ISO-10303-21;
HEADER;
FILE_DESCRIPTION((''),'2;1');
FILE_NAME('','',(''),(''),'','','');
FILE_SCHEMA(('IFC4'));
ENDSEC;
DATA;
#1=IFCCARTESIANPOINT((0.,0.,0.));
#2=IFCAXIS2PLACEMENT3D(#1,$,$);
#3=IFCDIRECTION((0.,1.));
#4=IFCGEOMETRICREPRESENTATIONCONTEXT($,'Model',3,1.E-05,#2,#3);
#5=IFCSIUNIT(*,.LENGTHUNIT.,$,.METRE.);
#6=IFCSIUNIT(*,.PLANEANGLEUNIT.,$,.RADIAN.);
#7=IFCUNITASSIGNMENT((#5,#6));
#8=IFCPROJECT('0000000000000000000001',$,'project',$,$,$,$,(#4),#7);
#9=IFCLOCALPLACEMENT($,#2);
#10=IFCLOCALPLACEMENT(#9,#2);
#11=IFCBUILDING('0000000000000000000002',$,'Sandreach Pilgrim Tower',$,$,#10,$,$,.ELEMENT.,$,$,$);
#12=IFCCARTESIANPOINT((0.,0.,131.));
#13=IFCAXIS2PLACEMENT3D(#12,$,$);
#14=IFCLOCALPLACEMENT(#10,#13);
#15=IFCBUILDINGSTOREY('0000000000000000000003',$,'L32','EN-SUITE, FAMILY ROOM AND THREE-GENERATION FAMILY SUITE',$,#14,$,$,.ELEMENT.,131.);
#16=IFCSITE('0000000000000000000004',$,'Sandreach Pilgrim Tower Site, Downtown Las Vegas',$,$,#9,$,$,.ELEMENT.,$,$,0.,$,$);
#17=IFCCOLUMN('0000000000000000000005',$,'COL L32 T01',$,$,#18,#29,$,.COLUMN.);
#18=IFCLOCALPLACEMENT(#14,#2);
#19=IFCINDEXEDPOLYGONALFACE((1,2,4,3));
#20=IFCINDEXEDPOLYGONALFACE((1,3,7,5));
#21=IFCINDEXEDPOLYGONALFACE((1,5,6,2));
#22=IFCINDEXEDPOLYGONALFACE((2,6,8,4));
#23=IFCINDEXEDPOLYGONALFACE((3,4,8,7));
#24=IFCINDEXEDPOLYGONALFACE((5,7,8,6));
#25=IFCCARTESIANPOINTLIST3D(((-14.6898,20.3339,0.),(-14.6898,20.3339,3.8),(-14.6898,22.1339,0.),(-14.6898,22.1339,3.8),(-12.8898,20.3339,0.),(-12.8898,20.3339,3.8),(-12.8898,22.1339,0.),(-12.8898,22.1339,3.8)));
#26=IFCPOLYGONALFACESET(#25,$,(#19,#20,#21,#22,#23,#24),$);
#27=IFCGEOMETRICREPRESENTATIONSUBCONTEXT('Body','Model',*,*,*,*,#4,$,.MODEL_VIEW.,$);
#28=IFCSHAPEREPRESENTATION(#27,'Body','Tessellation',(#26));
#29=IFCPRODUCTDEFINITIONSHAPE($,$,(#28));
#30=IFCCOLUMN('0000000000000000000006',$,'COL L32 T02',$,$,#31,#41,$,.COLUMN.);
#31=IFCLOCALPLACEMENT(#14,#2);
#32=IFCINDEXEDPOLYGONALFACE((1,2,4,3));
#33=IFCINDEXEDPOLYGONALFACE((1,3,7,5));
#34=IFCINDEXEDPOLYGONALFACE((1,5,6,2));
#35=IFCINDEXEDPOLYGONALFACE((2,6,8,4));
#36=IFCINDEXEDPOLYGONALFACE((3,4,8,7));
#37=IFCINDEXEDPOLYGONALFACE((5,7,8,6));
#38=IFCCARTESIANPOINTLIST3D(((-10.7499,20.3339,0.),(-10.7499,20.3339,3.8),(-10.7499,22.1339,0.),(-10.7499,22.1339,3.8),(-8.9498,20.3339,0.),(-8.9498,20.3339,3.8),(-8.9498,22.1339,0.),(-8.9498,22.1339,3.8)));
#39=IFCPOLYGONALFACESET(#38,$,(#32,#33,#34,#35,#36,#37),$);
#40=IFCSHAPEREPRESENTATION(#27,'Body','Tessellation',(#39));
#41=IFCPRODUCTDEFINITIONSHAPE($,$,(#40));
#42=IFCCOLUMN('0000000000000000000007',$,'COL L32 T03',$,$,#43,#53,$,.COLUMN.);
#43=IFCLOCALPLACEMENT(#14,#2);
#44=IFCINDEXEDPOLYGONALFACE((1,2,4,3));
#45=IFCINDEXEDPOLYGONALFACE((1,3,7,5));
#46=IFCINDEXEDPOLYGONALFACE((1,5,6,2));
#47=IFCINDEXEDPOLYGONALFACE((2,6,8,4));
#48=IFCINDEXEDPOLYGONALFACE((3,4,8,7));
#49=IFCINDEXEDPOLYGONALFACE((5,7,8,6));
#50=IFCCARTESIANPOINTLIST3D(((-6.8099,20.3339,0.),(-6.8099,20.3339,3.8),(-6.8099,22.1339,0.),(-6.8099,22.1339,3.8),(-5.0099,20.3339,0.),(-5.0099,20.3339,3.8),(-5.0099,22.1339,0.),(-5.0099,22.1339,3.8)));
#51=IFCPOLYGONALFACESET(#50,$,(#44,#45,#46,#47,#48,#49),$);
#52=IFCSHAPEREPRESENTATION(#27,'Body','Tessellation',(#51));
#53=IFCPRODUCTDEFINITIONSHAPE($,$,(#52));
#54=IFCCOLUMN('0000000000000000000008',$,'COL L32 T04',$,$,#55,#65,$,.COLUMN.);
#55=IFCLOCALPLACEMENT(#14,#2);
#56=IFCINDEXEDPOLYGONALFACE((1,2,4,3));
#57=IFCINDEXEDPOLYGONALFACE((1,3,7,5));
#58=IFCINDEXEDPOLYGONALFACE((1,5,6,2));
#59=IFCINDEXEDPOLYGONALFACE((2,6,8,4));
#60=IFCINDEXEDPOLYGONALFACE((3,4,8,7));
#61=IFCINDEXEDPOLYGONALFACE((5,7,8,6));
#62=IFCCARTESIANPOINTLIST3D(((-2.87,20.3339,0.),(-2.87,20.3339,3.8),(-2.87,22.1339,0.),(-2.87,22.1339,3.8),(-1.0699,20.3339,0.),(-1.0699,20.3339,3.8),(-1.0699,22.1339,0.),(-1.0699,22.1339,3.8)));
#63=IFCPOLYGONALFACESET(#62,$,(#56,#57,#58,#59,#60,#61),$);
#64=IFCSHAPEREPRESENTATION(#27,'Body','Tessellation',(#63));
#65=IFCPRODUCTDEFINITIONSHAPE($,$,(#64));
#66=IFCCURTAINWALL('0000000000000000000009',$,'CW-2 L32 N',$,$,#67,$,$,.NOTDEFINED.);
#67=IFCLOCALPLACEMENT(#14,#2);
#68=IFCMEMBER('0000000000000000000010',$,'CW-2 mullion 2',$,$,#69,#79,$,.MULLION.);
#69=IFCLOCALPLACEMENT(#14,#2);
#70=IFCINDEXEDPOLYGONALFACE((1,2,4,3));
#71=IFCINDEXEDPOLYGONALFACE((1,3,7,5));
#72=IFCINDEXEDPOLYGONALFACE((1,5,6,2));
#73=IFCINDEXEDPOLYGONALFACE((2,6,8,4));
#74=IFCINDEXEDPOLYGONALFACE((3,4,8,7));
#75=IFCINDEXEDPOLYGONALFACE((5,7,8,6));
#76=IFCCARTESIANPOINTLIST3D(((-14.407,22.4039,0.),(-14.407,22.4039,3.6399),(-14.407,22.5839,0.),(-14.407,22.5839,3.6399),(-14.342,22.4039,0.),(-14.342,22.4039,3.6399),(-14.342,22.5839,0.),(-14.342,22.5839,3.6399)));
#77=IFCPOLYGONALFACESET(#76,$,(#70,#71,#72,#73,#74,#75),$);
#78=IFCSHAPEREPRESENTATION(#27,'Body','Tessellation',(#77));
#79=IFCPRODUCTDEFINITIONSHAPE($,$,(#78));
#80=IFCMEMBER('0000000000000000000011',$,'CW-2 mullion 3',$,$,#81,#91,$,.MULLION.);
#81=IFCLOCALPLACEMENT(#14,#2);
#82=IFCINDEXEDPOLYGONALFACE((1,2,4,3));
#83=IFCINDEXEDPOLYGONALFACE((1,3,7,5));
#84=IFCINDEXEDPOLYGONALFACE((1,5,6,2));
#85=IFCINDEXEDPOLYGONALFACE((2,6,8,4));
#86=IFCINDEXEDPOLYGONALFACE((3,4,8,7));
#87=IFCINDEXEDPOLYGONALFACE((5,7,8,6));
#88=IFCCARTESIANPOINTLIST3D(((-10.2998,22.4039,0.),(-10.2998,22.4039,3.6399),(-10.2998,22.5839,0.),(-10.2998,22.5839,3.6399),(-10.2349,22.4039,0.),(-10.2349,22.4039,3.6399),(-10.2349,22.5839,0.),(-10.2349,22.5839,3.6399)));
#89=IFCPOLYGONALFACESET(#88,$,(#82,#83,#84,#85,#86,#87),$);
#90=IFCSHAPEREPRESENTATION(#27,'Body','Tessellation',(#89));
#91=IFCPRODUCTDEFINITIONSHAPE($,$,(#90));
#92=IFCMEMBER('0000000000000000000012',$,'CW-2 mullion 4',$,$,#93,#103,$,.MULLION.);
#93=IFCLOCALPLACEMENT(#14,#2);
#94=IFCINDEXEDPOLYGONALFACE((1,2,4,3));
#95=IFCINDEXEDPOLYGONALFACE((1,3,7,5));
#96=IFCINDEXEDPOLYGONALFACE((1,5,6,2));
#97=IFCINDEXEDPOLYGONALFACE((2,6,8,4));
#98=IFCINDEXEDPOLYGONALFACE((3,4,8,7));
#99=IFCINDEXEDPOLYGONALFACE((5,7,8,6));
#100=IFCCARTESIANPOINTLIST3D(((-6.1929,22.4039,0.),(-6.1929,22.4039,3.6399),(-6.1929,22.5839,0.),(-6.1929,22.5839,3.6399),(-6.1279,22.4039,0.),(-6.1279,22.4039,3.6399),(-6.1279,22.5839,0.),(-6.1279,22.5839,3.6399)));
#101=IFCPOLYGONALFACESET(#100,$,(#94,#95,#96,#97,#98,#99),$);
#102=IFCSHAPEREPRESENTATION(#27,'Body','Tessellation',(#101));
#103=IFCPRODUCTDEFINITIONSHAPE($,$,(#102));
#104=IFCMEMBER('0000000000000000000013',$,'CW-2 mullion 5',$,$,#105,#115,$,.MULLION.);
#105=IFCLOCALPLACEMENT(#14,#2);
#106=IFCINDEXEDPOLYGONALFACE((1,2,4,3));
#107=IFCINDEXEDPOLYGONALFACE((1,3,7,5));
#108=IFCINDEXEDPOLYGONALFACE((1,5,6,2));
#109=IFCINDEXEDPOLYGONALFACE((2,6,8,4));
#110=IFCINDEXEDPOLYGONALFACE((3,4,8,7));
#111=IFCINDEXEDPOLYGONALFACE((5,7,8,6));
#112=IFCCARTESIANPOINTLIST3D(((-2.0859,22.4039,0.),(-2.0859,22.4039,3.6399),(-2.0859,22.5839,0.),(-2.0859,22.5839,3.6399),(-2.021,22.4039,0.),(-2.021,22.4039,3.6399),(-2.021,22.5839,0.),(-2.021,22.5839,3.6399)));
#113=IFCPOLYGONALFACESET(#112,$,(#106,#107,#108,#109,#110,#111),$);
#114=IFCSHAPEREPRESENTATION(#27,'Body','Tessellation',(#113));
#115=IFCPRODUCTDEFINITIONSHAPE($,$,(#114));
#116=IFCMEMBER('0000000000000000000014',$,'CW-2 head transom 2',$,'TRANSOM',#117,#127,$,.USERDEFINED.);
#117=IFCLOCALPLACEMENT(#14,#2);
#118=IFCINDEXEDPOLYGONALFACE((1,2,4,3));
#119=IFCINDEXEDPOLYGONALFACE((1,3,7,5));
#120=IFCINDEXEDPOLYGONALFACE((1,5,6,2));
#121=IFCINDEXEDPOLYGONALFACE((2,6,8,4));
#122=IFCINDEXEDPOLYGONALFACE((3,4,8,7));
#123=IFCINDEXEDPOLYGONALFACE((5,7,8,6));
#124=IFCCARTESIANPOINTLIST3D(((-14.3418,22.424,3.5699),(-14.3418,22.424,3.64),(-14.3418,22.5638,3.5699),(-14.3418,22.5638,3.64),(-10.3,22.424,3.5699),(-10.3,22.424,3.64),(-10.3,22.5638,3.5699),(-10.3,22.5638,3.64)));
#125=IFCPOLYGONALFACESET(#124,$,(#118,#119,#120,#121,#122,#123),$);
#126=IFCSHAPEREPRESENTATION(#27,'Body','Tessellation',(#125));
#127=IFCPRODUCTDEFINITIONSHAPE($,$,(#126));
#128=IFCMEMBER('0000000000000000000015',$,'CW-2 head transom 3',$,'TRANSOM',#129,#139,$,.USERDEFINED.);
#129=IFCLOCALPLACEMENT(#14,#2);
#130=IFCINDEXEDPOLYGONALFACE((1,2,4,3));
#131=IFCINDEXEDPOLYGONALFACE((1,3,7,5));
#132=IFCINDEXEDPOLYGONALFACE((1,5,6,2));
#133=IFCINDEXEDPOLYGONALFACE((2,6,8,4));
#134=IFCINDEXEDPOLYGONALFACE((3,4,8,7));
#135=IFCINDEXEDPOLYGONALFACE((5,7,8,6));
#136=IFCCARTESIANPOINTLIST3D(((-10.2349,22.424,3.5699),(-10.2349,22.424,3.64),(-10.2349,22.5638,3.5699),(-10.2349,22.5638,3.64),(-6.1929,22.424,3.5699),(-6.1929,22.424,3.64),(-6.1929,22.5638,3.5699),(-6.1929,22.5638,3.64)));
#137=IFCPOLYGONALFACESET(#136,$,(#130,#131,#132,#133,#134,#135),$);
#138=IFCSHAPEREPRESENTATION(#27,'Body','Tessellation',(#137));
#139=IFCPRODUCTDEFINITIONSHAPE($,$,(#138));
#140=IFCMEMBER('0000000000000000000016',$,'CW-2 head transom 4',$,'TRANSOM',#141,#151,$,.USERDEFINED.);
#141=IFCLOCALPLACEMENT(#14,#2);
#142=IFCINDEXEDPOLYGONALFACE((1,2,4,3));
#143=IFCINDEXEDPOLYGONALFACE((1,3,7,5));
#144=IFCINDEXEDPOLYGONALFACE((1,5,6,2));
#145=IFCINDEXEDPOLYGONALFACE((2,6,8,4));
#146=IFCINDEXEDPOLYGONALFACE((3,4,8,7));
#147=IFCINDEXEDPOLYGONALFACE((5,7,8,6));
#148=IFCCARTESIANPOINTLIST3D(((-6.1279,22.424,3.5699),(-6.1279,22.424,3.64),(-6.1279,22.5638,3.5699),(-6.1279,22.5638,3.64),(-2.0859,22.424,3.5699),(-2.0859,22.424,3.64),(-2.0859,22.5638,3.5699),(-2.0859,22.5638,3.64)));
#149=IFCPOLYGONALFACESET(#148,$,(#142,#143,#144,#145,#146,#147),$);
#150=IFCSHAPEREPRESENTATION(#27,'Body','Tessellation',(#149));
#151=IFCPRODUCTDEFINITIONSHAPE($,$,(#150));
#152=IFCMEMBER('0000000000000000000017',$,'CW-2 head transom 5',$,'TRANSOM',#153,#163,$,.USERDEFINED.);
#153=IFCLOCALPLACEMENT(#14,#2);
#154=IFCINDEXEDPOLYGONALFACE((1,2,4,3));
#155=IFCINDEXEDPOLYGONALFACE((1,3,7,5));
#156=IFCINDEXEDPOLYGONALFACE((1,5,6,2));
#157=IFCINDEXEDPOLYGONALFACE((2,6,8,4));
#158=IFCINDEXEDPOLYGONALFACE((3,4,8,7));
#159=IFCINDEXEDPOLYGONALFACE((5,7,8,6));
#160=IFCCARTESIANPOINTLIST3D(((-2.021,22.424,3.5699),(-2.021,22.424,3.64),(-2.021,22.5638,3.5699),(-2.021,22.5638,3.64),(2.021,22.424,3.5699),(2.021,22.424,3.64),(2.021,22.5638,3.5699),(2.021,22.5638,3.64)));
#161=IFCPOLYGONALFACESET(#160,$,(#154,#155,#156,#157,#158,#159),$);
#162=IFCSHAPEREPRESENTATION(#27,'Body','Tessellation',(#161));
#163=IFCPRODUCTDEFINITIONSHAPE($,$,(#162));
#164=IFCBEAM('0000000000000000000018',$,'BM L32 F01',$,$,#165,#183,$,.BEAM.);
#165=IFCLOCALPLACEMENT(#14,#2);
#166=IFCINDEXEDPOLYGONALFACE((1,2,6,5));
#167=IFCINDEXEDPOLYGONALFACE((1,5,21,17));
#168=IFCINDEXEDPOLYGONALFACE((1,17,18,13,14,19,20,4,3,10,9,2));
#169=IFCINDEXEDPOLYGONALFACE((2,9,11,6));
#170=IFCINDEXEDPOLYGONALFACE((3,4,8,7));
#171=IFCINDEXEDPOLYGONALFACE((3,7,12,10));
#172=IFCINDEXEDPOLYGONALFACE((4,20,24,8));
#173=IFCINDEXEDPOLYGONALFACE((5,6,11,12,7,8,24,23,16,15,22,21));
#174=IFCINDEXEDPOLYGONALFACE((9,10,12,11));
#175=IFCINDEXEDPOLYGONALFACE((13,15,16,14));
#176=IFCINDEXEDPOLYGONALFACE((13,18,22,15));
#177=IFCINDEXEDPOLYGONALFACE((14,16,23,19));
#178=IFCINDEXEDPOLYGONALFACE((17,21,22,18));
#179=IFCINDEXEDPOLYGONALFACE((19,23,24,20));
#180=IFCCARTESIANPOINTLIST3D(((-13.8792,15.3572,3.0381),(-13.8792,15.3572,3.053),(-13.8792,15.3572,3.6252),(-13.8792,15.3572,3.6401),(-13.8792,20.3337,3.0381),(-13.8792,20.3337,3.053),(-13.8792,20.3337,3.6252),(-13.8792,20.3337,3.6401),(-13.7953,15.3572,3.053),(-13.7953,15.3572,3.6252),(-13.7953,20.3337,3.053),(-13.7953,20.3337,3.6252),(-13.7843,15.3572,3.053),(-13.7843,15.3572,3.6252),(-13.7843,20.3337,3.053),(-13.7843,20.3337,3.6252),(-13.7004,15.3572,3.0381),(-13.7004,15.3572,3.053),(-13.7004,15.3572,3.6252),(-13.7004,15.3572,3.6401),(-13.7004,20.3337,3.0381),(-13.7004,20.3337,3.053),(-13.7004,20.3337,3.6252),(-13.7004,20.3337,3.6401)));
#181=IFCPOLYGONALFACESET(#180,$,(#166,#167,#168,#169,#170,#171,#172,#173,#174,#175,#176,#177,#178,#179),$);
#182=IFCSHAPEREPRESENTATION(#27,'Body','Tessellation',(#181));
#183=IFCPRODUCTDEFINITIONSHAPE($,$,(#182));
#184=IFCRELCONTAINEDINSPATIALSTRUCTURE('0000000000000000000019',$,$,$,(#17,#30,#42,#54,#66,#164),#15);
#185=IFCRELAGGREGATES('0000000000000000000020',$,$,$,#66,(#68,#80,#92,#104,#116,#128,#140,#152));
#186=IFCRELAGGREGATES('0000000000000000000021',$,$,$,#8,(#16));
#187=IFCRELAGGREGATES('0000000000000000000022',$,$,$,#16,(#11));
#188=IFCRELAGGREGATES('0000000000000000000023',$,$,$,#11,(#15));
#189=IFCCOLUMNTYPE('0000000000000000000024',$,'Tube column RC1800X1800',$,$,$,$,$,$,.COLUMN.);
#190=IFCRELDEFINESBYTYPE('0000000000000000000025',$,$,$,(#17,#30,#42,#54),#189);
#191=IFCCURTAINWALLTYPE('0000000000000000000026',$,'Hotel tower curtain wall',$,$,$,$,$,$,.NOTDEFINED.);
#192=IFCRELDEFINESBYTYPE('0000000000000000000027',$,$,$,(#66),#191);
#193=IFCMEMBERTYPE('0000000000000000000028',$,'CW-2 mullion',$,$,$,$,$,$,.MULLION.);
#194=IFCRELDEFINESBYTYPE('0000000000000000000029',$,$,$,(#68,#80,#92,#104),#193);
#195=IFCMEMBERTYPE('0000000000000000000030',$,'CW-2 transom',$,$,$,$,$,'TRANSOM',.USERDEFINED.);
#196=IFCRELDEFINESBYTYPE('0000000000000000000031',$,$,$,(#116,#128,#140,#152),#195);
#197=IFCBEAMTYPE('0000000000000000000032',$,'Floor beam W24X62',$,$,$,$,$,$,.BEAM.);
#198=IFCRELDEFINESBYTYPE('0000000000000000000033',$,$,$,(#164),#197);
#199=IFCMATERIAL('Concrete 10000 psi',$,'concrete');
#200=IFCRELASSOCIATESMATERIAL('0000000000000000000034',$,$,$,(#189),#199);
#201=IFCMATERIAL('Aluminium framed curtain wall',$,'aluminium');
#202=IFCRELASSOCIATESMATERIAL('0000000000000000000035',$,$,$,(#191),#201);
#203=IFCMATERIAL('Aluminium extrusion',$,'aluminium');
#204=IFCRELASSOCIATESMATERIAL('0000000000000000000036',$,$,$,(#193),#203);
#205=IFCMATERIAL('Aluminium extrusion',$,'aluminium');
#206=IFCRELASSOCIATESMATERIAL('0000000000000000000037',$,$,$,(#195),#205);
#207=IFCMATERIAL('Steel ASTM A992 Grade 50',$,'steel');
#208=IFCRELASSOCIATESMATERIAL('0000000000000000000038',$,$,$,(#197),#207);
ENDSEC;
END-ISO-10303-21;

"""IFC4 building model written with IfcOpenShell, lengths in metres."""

from ifc_helpers import new_model, si_unit, direction, frame, origin, origin_2d, place, context, subcontext, project, spatial, rectangle, i_section, extrude, material, material_profile, profile_set, type_object, element, aggregate, save


model = new_model("IFC4")

# Units and contexts
model_context = context("Model", 3, precision=1e-05, world=origin(), true_north=direction((0.0, 1.0)))
body_context = subcontext(model_context, "Body", "Model", "MODEL_VIEW")
ifc_project = project(units=[si_unit("LENGTHUNIT", "METRE"), si_unit("PLANEANGLEUNIT", "RADIAN")], contexts=[model_context])

# Site, building, storey
site_placement = place(None, origin())
site = spatial("IfcSite", under=ifc_project, at=site_placement, Name="Sandreach Pilgrim Tower Site, Downtown Las Vegas", CompositionType="ELEMENT", RefElevation=0.0)
building_placement = place(site_placement, origin())
building = spatial("IfcBuilding", under=site, at=building_placement, Name="Sandreach Pilgrim Tower", CompositionType="ELEMENT")
storey_placement = place(building_placement, frame((0.0, 0.0, 131.0)))
storey = spatial("IfcBuildingStorey", under=building, at=storey_placement, Name="L32", Description="EN-SUITE, FAMILY ROOM AND THREE-GENERATION FAMILY SUITE", CompositionType="ELEMENT", Elevation=131.0)

# Columns
ifc_material_1 = material(Name="Concrete 10000 psi", Category="concrete")
ifc_material_profile_1 = material_profile(ifc_material_1, rectangle(XDim=1.8, YDim=1.8, at=origin_2d()), Name="RC1800X1800")
ifc_profile_set_1 = profile_set([ifc_material_profile_1], Name="Concrete 10000 psi")
column_type = type_object("IfcColumnType", Name="Tube column RC1800X1800", PredefinedType="COLUMN", material=ifc_profile_set_1)
for number, where, z_axis, x_axis, name in (
    (1, (-13.7898, 21.2339, 0.0), (0.0, 0.0, 1.0), (0.0, 1.0, 0.0), "COL L32 T01"),
    (2, (-9.8499, 21.2339, 0.0), (0.0, 0.0, 1.0), (0.0, 1.0, 0.0), "COL L32 T02"),
    (3, (-5.9099, 21.2339, 0.0), (0.0, 0.0, 1.0), (0.0, 1.0, 0.0), "COL L32 T03"),
    (4, (-1.97, 21.2339, 0.0), (0.0, 0.0, 1.0), (0.0, 1.0, 0.0), "COL L32 T04"),
):
    element("IfcColumn", number, at=place(storey_placement, frame(where, z_axis=z_axis, x_axis=x_axis)), inside=storey, type_object=column_type, Name=name, PredefinedType="COLUMN", context=body_context, shape_type="SweptSolid", body=[
        extrude(rectangle(XDim=1.8, YDim=1.8, at=origin_2d()), origin(), (0.0, 0.0, 1.0), 3.8),
    ])

# Curtain wall, members
ifc_material_2 = material(Name="Aluminium framed curtain wall", Category="aluminium")
curtain_wall_type = type_object("IfcCurtainWallType", Name="Hotel tower curtain wall", PredefinedType="NOTDEFINED", material=ifc_material_2)
curtain_wall_placement = place(storey_placement, origin())
curtain_wall = element("IfcCurtainWall", 5, at=curtain_wall_placement, inside=storey, type_object=curtain_wall_type, Name="CW-2 L32 N", PredefinedType="NOTDEFINED")
ifc_material_3 = material(Name="Aluminium extrusion", Category="aluminium")
ifc_material_profile_2 = material_profile(ifc_material_3, rectangle(XDim=0.0649, YDim=0.1799, at=origin_2d()), Name="CW-2M 65X180")
ifc_profile_set_2 = profile_set([ifc_material_profile_2], Name="Aluminium extrusion")
member_type_1 = type_object("IfcMemberType", Name="CW-2 mullion", PredefinedType="MULLION", material=ifc_profile_set_2)
member_1_placement = place(storey_placement, frame((-14.3745, 22.4939, 0.0), z_axis=(0.0, 0.0, 1.0), x_axis=(1.0, 0.0, 0.0)))
member_1 = element("IfcMember", 6, at=member_1_placement, type_object=member_type_1, Name="CW-2 mullion 2", PredefinedType="MULLION", context=body_context, shape_type="SweptSolid", body=[
    extrude(rectangle(XDim=0.0649, YDim=0.1799, at=origin_2d()), origin(), (0.0, 0.0, 1.0), 3.6399),
])
member_2_placement = place(storey_placement, frame((-10.2673, 22.4939, 0.0), z_axis=(0.0, 0.0, 1.0), x_axis=(1.0, 0.0, 0.0)))
member_2 = element("IfcMember", 7, at=member_2_placement, type_object=member_type_1, Name="CW-2 mullion 3", PredefinedType="MULLION", context=body_context, shape_type="SweptSolid", body=[
    extrude(rectangle(XDim=0.0649, YDim=0.1799, at=origin_2d()), origin(), (0.0, 0.0, 1.0), 3.6399),
])
member_3_placement = place(storey_placement, frame((-6.1604, 22.4939, 0.0), z_axis=(0.0, 0.0, 1.0), x_axis=(1.0, 0.0, 0.0)))
member_3 = element("IfcMember", 8, at=member_3_placement, type_object=member_type_1, Name="CW-2 mullion 4", PredefinedType="MULLION", context=body_context, shape_type="SweptSolid", body=[
    extrude(rectangle(XDim=0.0649, YDim=0.1799, at=origin_2d()), origin(), (0.0, 0.0, 1.0), 3.6399),
])
member_4_placement = place(storey_placement, frame((-2.0535, 22.4939, 0.0), z_axis=(0.0, 0.0, 1.0), x_axis=(1.0, 0.0, 0.0)))
member_4 = element("IfcMember", 9, at=member_4_placement, type_object=member_type_1, Name="CW-2 mullion 5", PredefinedType="MULLION", context=body_context, shape_type="SweptSolid", body=[
    extrude(rectangle(XDim=0.0649, YDim=0.1799, at=origin_2d()), origin(), (0.0, 0.0, 1.0), 3.6399),
])
ifc_material_4 = material(Name="Aluminium extrusion", Category="aluminium")
ifc_material_profile_3 = material_profile(ifc_material_4, rectangle(XDim=0.1399, YDim=0.0701, at=origin_2d()), Name="CW-2T 140X70")
ifc_profile_set_3 = profile_set([ifc_material_profile_3], Name="Aluminium extrusion")
member_type_2 = type_object("IfcMemberType", Name="CW-2 transom", ElementType="TRANSOM", PredefinedType="USERDEFINED", material=ifc_profile_set_3)
member_5_placement = place(storey_placement, frame((-14.3418, 22.4939, 3.605), z_axis=(1.0, 0.0, 0.0), x_axis=(0.0, 1.0, 0.0)))
member_5 = element("IfcMember", 10, at=member_5_placement, type_object=member_type_2, Name="CW-2 head transom 2", ObjectType="TRANSOM", PredefinedType="USERDEFINED", context=body_context, shape_type="SweptSolid", body=[
    extrude(rectangle(XDim=0.1399, YDim=0.0701, at=origin_2d()), origin(), (0.0, 0.0, 1.0), 4.0417),
])
member_6_placement = place(storey_placement, frame((-10.2349, 22.4939, 3.605), z_axis=(1.0, 0.0, 0.0), x_axis=(0.0, 1.0, 0.0)))
member_6 = element("IfcMember", 11, at=member_6_placement, type_object=member_type_2, Name="CW-2 head transom 3", ObjectType="TRANSOM", PredefinedType="USERDEFINED", context=body_context, shape_type="SweptSolid", body=[
    extrude(rectangle(XDim=0.1399, YDim=0.0701, at=origin_2d()), origin(), (0.0, 0.0, 1.0), 4.042),
])
member_7_placement = place(storey_placement, frame((-6.1279, 22.4939, 3.605), z_axis=(1.0, 0.0, 0.0), x_axis=(0.0, 1.0, 0.0)))
member_7 = element("IfcMember", 12, at=member_7_placement, type_object=member_type_2, Name="CW-2 head transom 4", ObjectType="TRANSOM", PredefinedType="USERDEFINED", context=body_context, shape_type="SweptSolid", body=[
    extrude(rectangle(XDim=0.1399, YDim=0.0701, at=origin_2d()), origin(), (0.0, 0.0, 1.0), 4.042),
])
member_8_placement = place(storey_placement, frame((-2.021, 22.4939, 3.605), z_axis=(1.0, 0.0, 0.0), x_axis=(0.0, 1.0, 0.0)))
member_8 = element("IfcMember", 13, at=member_8_placement, type_object=member_type_2, Name="CW-2 head transom 5", ObjectType="TRANSOM", PredefinedType="USERDEFINED", context=body_context, shape_type="SweptSolid", body=[
    extrude(rectangle(XDim=0.1399, YDim=0.0701, at=origin_2d()), origin(), (0.0, 0.0, 1.0), 4.042),
])

# Beam
ifc_material_5 = material(Name="Steel ASTM A992 Grade 50", Category="steel")
ifc_material_profile_4 = material_profile(ifc_material_5, i_section(OverallWidth=0.1787, OverallDepth=0.6021, WebThickness=0.011, FlangeThickness=0.0149, at=origin_2d()), Name="W24X62")
ifc_profile_set_4 = profile_set([ifc_material_profile_4], Name="Steel ASTM A992 Grade 50")
beam_type_1 = type_object("IfcBeamType", Name="Floor beam W24X62", PredefinedType="BEAM", material=ifc_profile_set_4)
beam_1_placement = place(storey_placement, frame((-13.7898, 20.3337, 3.3391), z_axis=(0.0, -1.0, 0.0), x_axis=(1.0, 0.0, 0.0)))
element("IfcBeam", 14, at=beam_1_placement, inside=storey, type_object=beam_type_1, Name="BM L32 F01", PredefinedType="BEAM", context=body_context, shape_type="SweptSolid", body=[
    extrude(i_section(OverallWidth=0.1787, OverallDepth=0.6021, WebThickness=0.011, FlangeThickness=0.0149, at=origin_2d()), origin(), (0.0, 0.0, 1.0), 4.9766),
])

aggregate(curtain_wall, [member_1, member_2, member_3, member_4, member_5, member_6, member_7, member_8])

save(model, "model.ifc")
